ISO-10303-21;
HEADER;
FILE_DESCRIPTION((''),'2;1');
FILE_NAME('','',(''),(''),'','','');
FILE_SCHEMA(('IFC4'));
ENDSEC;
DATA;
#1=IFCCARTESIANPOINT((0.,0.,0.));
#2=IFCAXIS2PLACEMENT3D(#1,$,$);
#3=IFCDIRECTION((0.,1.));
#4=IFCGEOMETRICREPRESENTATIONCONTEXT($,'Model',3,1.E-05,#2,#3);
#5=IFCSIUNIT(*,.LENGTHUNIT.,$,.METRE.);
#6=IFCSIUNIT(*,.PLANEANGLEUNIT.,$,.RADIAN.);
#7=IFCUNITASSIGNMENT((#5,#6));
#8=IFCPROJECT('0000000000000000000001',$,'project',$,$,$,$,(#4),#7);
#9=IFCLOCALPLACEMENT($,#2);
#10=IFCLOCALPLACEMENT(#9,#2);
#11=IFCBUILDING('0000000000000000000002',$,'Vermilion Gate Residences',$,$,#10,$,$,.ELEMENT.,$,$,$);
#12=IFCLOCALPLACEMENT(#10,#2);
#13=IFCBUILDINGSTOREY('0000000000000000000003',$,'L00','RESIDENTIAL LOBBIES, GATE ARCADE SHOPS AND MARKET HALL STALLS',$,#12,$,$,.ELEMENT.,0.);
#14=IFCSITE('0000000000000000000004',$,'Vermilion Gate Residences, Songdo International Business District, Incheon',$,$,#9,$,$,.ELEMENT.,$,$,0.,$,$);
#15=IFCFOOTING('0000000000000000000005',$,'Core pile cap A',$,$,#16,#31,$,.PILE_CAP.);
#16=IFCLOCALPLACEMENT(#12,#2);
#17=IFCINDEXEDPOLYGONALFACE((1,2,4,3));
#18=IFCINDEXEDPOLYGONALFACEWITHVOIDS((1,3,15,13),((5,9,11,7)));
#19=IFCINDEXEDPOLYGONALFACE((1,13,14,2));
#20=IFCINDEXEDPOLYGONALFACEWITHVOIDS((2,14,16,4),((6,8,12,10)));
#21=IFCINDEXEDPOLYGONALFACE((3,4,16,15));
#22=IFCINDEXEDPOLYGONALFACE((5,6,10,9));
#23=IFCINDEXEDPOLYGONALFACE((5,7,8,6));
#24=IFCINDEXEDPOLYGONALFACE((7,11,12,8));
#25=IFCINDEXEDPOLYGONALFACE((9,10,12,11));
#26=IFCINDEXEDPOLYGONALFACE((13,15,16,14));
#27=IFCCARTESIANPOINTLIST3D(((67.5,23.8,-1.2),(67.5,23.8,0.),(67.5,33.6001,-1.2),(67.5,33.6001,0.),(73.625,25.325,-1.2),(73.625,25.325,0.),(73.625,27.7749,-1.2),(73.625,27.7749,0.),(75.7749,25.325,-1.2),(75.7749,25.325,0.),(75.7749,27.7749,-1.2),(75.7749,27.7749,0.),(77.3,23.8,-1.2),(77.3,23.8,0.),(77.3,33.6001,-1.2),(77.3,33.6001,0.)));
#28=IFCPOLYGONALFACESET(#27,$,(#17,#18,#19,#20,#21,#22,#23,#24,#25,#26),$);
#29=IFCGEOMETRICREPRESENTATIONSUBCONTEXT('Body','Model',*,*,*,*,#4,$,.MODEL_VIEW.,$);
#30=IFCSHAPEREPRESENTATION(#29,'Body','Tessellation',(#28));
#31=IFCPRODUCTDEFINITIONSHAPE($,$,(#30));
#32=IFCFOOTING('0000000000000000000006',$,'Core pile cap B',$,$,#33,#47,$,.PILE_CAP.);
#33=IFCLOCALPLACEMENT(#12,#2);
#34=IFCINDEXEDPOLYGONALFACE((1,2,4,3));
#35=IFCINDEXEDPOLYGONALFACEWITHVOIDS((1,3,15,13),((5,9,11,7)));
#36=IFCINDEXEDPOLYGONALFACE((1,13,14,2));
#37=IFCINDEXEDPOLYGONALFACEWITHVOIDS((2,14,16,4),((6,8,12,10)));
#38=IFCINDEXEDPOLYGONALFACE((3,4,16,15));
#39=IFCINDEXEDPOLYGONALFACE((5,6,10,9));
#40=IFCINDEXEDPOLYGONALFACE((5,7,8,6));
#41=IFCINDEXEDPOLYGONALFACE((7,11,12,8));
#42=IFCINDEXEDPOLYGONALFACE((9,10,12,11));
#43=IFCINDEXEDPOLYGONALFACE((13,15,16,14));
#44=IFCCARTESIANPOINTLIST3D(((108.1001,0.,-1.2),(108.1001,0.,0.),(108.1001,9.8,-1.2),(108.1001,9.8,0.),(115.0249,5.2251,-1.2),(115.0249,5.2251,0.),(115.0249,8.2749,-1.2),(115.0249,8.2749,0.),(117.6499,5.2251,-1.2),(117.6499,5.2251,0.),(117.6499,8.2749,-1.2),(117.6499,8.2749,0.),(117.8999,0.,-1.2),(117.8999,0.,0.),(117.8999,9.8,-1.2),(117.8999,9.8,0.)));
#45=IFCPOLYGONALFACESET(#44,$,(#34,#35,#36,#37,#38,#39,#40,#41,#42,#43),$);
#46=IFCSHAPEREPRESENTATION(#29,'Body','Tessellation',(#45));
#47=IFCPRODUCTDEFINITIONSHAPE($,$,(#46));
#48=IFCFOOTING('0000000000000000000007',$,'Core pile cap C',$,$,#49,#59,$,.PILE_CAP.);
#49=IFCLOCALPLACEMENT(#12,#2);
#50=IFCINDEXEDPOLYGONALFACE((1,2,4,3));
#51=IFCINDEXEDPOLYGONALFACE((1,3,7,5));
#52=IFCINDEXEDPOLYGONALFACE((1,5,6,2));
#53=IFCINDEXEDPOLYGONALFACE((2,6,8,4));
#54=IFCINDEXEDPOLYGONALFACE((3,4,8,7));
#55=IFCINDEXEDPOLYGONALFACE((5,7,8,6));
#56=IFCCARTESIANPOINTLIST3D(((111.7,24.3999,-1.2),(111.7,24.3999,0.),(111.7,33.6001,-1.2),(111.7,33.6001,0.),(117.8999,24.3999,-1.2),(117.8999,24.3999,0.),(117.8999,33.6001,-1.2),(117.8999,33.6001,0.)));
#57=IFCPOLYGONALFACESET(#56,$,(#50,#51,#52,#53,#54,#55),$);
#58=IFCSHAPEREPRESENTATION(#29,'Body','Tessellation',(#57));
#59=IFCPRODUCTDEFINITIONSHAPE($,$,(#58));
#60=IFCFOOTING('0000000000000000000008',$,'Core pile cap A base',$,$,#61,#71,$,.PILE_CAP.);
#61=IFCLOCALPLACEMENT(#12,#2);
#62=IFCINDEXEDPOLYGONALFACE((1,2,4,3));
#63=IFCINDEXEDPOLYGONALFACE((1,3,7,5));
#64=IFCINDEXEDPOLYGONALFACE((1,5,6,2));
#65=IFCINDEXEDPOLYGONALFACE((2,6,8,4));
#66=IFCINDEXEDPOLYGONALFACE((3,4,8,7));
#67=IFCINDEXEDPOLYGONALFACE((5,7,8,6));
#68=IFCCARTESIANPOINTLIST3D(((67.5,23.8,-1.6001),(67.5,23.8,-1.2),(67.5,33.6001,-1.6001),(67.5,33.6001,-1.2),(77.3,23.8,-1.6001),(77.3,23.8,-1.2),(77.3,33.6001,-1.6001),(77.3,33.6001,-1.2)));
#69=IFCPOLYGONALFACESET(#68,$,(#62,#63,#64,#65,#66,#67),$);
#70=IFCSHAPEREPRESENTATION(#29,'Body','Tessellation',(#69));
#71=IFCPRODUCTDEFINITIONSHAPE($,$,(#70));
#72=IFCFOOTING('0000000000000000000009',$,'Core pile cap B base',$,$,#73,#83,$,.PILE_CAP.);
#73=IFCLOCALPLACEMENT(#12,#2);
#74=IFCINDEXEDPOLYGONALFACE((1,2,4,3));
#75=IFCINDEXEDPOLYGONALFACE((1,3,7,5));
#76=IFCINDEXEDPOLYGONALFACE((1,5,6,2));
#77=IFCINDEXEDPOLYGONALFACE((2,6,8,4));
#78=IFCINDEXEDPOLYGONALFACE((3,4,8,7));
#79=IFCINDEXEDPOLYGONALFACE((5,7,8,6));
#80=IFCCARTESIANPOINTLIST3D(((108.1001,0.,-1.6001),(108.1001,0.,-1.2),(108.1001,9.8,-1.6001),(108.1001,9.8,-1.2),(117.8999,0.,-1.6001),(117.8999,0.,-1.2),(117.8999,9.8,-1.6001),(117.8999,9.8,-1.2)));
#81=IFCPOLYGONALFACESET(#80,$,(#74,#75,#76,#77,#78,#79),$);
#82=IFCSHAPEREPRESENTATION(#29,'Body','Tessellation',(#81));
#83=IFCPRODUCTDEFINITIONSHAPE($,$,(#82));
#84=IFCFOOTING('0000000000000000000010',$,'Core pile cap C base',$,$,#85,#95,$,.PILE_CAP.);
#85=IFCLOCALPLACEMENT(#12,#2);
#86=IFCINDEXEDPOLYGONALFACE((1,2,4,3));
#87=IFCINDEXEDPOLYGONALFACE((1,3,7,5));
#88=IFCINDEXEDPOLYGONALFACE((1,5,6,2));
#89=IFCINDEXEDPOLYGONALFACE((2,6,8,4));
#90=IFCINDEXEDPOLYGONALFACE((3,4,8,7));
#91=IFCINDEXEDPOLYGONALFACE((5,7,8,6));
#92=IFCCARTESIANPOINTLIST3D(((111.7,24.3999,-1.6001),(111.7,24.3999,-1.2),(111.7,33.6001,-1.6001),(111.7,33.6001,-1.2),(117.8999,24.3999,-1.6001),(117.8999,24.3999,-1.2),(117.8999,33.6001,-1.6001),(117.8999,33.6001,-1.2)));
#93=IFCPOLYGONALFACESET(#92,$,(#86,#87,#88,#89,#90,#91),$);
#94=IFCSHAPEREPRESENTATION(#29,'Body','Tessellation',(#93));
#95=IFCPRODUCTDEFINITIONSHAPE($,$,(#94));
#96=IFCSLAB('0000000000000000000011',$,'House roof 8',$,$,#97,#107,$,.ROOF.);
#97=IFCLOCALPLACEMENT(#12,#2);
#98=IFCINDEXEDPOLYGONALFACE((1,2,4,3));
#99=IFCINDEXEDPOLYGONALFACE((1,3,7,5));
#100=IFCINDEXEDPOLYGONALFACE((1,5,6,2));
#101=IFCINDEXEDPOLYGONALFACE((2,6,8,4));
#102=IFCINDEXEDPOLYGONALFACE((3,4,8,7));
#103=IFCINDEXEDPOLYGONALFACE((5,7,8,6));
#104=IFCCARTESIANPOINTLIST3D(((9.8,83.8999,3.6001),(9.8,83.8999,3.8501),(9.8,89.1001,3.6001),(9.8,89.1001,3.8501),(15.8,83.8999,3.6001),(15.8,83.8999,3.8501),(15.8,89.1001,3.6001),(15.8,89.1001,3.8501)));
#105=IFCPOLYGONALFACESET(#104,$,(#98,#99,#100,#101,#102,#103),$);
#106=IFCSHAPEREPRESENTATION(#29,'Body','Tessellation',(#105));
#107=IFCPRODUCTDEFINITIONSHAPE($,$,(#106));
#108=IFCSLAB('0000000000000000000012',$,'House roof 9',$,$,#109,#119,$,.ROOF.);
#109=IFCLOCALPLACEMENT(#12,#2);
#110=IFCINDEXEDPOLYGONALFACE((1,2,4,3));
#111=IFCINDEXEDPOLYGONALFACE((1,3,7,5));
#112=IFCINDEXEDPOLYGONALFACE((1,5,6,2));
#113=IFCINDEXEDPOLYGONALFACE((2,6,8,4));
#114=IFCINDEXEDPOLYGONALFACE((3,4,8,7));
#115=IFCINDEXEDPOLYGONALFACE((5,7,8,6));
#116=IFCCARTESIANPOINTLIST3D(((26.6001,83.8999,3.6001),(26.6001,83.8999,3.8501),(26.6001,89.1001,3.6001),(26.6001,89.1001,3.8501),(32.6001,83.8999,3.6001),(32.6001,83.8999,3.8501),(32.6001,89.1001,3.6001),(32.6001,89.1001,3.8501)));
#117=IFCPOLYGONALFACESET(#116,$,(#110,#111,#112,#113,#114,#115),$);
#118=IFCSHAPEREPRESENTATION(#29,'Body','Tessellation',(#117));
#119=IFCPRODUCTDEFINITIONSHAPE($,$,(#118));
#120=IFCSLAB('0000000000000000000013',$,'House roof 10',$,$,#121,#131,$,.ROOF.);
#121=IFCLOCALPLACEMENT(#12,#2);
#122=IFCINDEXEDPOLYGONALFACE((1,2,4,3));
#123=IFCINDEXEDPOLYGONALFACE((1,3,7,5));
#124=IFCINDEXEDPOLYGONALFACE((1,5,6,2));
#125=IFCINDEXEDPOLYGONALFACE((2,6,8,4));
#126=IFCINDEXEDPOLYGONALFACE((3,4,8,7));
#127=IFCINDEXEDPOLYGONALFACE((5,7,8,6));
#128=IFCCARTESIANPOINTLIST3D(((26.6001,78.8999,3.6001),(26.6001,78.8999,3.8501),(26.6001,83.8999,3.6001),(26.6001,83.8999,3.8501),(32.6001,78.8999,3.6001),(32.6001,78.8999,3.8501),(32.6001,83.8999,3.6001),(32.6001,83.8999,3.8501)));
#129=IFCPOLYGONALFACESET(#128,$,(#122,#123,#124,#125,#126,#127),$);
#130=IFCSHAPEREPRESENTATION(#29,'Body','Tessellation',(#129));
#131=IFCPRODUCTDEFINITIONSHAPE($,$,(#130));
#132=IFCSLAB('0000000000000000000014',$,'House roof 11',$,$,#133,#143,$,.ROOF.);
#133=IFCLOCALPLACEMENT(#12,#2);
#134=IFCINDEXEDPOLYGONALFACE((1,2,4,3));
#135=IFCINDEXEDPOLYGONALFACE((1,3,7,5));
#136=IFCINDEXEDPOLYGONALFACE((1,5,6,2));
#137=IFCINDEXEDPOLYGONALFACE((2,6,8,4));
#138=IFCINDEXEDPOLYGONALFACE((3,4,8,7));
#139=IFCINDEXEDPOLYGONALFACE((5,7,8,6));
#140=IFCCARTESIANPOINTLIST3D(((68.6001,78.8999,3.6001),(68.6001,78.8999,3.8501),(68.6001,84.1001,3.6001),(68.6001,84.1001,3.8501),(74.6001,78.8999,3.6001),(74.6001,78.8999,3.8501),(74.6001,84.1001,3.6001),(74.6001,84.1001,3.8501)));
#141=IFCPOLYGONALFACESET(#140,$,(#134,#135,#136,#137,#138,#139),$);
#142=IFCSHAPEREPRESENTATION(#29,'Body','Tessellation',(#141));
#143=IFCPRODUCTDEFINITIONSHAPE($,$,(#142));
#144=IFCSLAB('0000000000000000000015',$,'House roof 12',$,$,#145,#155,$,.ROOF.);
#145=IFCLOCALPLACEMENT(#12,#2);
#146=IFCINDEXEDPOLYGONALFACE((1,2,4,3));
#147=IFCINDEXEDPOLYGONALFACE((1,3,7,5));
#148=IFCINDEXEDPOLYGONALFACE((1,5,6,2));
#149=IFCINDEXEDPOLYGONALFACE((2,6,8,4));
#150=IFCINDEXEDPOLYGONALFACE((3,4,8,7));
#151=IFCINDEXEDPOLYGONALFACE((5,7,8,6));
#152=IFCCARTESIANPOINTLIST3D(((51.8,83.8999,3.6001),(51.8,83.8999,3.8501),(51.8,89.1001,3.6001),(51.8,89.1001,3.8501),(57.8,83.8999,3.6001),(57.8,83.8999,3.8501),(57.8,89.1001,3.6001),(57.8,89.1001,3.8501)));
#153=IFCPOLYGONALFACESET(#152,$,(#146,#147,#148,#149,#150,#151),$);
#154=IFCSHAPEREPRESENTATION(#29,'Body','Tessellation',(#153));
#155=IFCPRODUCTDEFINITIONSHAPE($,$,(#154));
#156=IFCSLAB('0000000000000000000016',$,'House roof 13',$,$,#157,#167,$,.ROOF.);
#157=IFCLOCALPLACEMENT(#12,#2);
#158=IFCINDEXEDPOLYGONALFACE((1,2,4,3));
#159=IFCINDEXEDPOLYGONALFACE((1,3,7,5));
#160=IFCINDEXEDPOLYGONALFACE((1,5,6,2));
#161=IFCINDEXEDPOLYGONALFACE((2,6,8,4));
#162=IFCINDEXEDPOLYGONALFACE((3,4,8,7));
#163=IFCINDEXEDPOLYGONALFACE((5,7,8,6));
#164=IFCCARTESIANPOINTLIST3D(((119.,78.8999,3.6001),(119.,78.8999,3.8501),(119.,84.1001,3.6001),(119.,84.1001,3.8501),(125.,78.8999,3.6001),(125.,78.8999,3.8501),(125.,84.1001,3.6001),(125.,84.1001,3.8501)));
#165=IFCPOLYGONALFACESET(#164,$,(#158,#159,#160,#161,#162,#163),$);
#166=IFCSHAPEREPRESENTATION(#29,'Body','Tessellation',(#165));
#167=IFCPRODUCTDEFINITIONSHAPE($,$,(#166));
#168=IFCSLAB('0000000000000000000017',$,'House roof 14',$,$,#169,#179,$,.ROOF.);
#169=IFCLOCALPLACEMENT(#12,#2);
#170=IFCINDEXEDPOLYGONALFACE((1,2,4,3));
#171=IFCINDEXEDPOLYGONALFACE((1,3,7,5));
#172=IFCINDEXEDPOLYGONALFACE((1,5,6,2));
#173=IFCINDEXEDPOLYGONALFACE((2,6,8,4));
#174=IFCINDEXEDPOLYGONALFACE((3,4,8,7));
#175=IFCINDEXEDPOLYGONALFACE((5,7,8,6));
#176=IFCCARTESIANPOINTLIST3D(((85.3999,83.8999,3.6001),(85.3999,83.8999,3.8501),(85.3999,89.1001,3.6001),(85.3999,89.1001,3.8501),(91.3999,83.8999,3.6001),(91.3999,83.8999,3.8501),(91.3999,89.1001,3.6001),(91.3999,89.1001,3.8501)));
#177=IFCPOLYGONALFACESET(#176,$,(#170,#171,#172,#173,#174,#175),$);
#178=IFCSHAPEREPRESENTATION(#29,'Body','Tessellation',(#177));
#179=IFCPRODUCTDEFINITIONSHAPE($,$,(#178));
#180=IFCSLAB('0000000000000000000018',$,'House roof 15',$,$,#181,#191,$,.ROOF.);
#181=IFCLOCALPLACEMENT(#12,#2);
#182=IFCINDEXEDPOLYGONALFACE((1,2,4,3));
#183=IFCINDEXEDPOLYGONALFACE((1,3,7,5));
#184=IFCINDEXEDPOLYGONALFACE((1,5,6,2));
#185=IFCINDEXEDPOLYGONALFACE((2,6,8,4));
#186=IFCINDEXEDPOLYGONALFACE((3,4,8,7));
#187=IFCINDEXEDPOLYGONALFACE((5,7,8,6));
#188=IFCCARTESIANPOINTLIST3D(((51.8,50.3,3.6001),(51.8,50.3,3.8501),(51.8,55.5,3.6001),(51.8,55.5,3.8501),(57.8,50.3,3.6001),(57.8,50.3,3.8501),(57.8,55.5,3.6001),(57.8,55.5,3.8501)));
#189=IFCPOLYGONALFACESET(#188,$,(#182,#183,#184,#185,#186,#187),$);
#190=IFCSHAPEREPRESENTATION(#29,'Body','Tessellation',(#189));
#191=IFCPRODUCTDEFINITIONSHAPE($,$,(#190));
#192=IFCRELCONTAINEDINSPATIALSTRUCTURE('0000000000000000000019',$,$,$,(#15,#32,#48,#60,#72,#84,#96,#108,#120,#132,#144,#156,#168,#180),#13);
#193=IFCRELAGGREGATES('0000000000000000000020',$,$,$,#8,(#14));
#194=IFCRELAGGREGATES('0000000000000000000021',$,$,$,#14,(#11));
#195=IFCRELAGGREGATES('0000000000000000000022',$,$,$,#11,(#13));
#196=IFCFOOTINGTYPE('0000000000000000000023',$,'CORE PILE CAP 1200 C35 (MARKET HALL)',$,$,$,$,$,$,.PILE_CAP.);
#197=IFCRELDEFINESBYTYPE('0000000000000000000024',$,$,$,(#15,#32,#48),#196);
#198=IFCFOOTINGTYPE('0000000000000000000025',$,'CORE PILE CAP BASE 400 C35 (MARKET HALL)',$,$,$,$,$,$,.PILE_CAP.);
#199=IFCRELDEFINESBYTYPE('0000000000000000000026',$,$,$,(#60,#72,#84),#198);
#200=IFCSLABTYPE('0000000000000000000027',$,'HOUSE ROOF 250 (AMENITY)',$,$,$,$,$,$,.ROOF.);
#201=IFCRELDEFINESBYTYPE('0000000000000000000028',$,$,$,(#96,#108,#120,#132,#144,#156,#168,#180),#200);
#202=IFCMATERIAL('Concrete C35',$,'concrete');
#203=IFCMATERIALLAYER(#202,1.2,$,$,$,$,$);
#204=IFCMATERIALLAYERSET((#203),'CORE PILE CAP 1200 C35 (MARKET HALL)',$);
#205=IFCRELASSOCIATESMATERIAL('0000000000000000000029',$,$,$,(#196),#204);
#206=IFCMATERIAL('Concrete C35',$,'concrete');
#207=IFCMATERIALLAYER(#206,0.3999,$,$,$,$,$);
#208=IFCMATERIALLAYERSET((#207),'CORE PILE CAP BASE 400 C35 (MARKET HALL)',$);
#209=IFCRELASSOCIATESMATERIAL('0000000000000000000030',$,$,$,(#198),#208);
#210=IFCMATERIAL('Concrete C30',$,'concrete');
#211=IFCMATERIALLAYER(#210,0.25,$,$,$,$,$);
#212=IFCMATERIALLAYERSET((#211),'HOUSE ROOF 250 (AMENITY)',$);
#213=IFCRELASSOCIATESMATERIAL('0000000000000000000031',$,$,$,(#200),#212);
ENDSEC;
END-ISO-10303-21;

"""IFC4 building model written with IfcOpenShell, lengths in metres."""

from ifc_helpers import new_model, si_unit, direction, frame, origin, place, context, subcontext, project, spatial, polyline, outline, extrude, material, layer, layer_set, type_object, element, save


model = new_model("IFC4")

# Units and contexts
model_context = context("Model", 3, precision=1e-05, world=origin(), true_north=direction((0.0, 1.0)))
body_context = subcontext(model_context, "Body", "Model", "MODEL_VIEW")
ifc_project = project(units=[si_unit("LENGTHUNIT", "METRE"), si_unit("PLANEANGLEUNIT", "RADIAN")], contexts=[model_context])

# Site, building, storey
site_placement = place(None, origin())
site = spatial("IfcSite", under=ifc_project, at=site_placement, Name="Vermilion Gate Residences, Songdo International Business District, Incheon", CompositionType="ELEMENT", RefElevation=0.0)
building_placement = place(site_placement, origin())
building = spatial("IfcBuilding", under=site, at=building_placement, Name="Vermilion Gate Residences", CompositionType="ELEMENT")
storey_placement = place(building_placement, origin())
storey = spatial("IfcBuildingStorey", under=building, at=storey_placement, Name="L00", Description="RESIDENTIAL LOBBIES, GATE ARCADE SHOPS AND MARKET HALL STALLS", CompositionType="ELEMENT", Elevation=0.0)

# Footings
ifc_material_1 = material(Name="Concrete C35", Category="concrete")
ifc_layer_1 = layer(ifc_material_1, 1.2)
ifc_layer_set_1 = layer_set([ifc_layer_1], Name="CORE PILE CAP 1200 C35 (MARKET HALL)")
footing_type_1 = type_object("IfcFootingType", Name="CORE PILE CAP 1200 C35 (MARKET HALL)", PredefinedType="PILE_CAP", material=ifc_layer_set_1)
footing_1_placement = place(storey_placement, frame((0.0, 0.0, -1.2)))
element("IfcFooting", 1, at=footing_1_placement, inside=storey, type_object=footing_type_1, Name="Core pile cap A", PredefinedType="PILE_CAP", context=body_context, shape_type="SweptSolid", body=[
    extrude(outline(polyline([(67.5, 23.8), (77.3, 23.8), (77.3, 33.6001), (67.5, 33.6001), (67.5, 23.8)]), holes=[polyline([(73.625, 25.325), (75.7749, 25.325), (75.7749, 27.7749), (73.625, 27.7749), (73.625, 25.325)])]), origin(), (0.0, 0.0, 1.0), 1.2),
])
footing_2_placement = place(storey_placement, frame((0.0, 0.0, -1.2)))
element("IfcFooting", 2, at=footing_2_placement, inside=storey, type_object=footing_type_1, Name="Core pile cap B", PredefinedType="PILE_CAP", context=body_context, shape_type="SweptSolid", body=[
    extrude(outline(polyline([(108.1001, 0.0), (117.8999, 0.0), (117.8999, 9.8), (108.1001, 9.8), (108.1001, 0.0)]), holes=[polyline([(115.0249, 5.2251), (117.6499, 5.2251), (117.6499, 8.2749), (115.0249, 8.2749), (115.0249, 5.2251)])]), origin(), (0.0, 0.0, 1.0), 1.2),
])
footing_3_placement = place(storey_placement, frame((0.0, 0.0, -1.2)))
element("IfcFooting", 3, at=footing_3_placement, inside=storey, type_object=footing_type_1, Name="Core pile cap C", PredefinedType="PILE_CAP", context=body_context, shape_type="SweptSolid", body=[
    extrude(outline(polyline([(111.7, 24.3999), (117.8999, 24.3999), (117.8999, 33.6001), (111.7, 33.6001), (111.7, 24.3999)])), origin(), (0.0, 0.0, 1.0), 1.2),
])
ifc_material_2 = material(Name="Concrete C35", Category="concrete")
ifc_layer_2 = layer(ifc_material_2, 0.3999)
ifc_layer_set_2 = layer_set([ifc_layer_2], Name="CORE PILE CAP BASE 400 C35 (MARKET HALL)")
footing_type_2 = type_object("IfcFootingType", Name="CORE PILE CAP BASE 400 C35 (MARKET HALL)", PredefinedType="PILE_CAP", material=ifc_layer_set_2)
footing_4_placement = place(storey_placement, frame((0.0, 0.0, -1.6001)))
element("IfcFooting", 4, at=footing_4_placement, inside=storey, type_object=footing_type_2, Name="Core pile cap A base", PredefinedType="PILE_CAP", context=body_context, shape_type="SweptSolid", body=[
    extrude(outline(polyline([(67.5, 23.8), (77.3, 23.8), (77.3, 33.6001), (67.5, 33.6001), (67.5, 23.8)])), origin(), (0.0, 0.0, 1.0), 0.4001),
])
footing_5_placement = place(storey_placement, frame((0.0, 0.0, -1.6001)))
element("IfcFooting", 5, at=footing_5_placement, inside=storey, type_object=footing_type_2, Name="Core pile cap B base", PredefinedType="PILE_CAP", context=body_context, shape_type="SweptSolid", body=[
    extrude(outline(polyline([(108.1001, 0.0), (117.8999, 0.0), (117.8999, 9.8), (108.1001, 9.8), (108.1001, 0.0)])), origin(), (0.0, 0.0, 1.0), 0.4001),
])
footing_6_placement = place(storey_placement, frame((0.0, 0.0, -1.6001)))
element("IfcFooting", 6, at=footing_6_placement, inside=storey, type_object=footing_type_2, Name="Core pile cap C base", PredefinedType="PILE_CAP", context=body_context, shape_type="SweptSolid", body=[
    extrude(outline(polyline([(111.7, 24.3999), (117.8999, 24.3999), (117.8999, 33.6001), (111.7, 33.6001), (111.7, 24.3999)])), origin(), (0.0, 0.0, 1.0), 0.4001),
])

# Slabs
ifc_material_3 = material(Name="Concrete C30", Category="concrete")
ifc_layer_3 = layer(ifc_material_3, 0.25)
ifc_layer_set_3 = layer_set([ifc_layer_3], Name="HOUSE ROOF 250 (AMENITY)")
slab_type_1 = type_object("IfcSlabType", Name="HOUSE ROOF 250 (AMENITY)", PredefinedType="ROOF", material=ifc_layer_set_3)
slab_1_placement = place(storey_placement, frame((0.0, 0.0, 3.6001)))
element("IfcSlab", 7, at=slab_1_placement, inside=storey, type_object=slab_type_1, Name="House roof 8", PredefinedType="ROOF", context=body_context, shape_type="SweptSolid", body=[
    extrude(outline(polyline([(9.8, 83.8999), (9.8, 89.1001), (15.8, 89.1001), (15.8, 83.8999), (9.8, 83.8999)])), origin(), (0.0, 0.0, 1.0), 0.25),
])
slab_2_placement = place(storey_placement, frame((0.0, 0.0, 3.6001)))
element("IfcSlab", 8, at=slab_2_placement, inside=storey, type_object=slab_type_1, Name="House roof 9", PredefinedType="ROOF", context=body_context, shape_type="SweptSolid", body=[
    extrude(outline(polyline([(26.6001, 83.8999), (26.6001, 89.1001), (32.6001, 89.1001), (32.6001, 83.8999), (26.6001, 83.8999)])), origin(), (0.0, 0.0, 1.0), 0.25),
])
slab_3_placement = place(storey_placement, frame((0.0, 0.0, 3.6001)))
element("IfcSlab", 9, at=slab_3_placement, inside=storey, type_object=slab_type_1, Name="House roof 10", PredefinedType="ROOF", context=body_context, shape_type="SweptSolid", body=[
    extrude(outline(polyline([(26.6001, 78.8999), (26.6001, 83.8999), (32.6001, 83.8999), (32.6001, 78.8999), (26.6001, 78.8999)])), origin(), (0.0, 0.0, 1.0), 0.25),
])
slab_4_placement = place(storey_placement, frame((0.0, 0.0, 3.6001)))
element("IfcSlab", 10, at=slab_4_placement, inside=storey, type_object=slab_type_1, Name="House roof 11", PredefinedType="ROOF", context=body_context, shape_type="SweptSolid", body=[
    extrude(outline(polyline([(68.6001, 78.8999), (68.6001, 84.1001), (74.6001, 84.1001), (74.6001, 78.8999), (68.6001, 78.8999)])), origin(), (0.0, 0.0, 1.0), 0.25),
])
slab_5_placement = place(storey_placement, frame((0.0, 0.0, 3.6001)))
element("IfcSlab", 11, at=slab_5_placement, inside=storey, type_object=slab_type_1, Name="House roof 12", PredefinedType="ROOF", context=body_context, shape_type="SweptSolid", body=[
    extrude(outline(polyline([(51.8, 83.8999), (51.8, 89.1001), (57.8, 89.1001), (57.8, 83.8999), (51.8, 83.8999)])), origin(), (0.0, 0.0, 1.0), 0.25),
])
slab_6_placement = place(storey_placement, frame((0.0, 0.0, 3.6001)))
element("IfcSlab", 12, at=slab_6_placement, inside=storey, type_object=slab_type_1, Name="House roof 13", PredefinedType="ROOF", context=body_context, shape_type="SweptSolid", body=[
    extrude(outline(polyline([(119.0, 78.8999), (119.0, 84.1001), (125.0, 84.1001), (125.0, 78.8999), (119.0, 78.8999)])), origin(), (0.0, 0.0, 1.0), 0.25),
])
slab_7_placement = place(storey_placement, frame((0.0, 0.0, 3.6001)))
element("IfcSlab", 13, at=slab_7_placement, inside=storey, type_object=slab_type_1, Name="House roof 14", PredefinedType="ROOF", context=body_context, shape_type="SweptSolid", body=[
    extrude(outline(polyline([(85.3999, 83.8999), (85.3999, 89.1001), (91.3999, 89.1001), (91.3999, 83.8999), (85.3999, 83.8999)])), origin(), (0.0, 0.0, 1.0), 0.25),
])
slab_8_placement = place(storey_placement, frame((0.0, 0.0, 3.6001)))
element("IfcSlab", 14, at=slab_8_placement, inside=storey, type_object=slab_type_1, Name="House roof 15", PredefinedType="ROOF", context=body_context, shape_type="SweptSolid", body=[
    extrude(outline(polyline([(51.8, 50.3), (51.8, 55.5), (57.8, 55.5), (57.8, 50.3), (51.8, 50.3)])), origin(), (0.0, 0.0, 1.0), 0.25),
])

save(model, "model.ifc")
